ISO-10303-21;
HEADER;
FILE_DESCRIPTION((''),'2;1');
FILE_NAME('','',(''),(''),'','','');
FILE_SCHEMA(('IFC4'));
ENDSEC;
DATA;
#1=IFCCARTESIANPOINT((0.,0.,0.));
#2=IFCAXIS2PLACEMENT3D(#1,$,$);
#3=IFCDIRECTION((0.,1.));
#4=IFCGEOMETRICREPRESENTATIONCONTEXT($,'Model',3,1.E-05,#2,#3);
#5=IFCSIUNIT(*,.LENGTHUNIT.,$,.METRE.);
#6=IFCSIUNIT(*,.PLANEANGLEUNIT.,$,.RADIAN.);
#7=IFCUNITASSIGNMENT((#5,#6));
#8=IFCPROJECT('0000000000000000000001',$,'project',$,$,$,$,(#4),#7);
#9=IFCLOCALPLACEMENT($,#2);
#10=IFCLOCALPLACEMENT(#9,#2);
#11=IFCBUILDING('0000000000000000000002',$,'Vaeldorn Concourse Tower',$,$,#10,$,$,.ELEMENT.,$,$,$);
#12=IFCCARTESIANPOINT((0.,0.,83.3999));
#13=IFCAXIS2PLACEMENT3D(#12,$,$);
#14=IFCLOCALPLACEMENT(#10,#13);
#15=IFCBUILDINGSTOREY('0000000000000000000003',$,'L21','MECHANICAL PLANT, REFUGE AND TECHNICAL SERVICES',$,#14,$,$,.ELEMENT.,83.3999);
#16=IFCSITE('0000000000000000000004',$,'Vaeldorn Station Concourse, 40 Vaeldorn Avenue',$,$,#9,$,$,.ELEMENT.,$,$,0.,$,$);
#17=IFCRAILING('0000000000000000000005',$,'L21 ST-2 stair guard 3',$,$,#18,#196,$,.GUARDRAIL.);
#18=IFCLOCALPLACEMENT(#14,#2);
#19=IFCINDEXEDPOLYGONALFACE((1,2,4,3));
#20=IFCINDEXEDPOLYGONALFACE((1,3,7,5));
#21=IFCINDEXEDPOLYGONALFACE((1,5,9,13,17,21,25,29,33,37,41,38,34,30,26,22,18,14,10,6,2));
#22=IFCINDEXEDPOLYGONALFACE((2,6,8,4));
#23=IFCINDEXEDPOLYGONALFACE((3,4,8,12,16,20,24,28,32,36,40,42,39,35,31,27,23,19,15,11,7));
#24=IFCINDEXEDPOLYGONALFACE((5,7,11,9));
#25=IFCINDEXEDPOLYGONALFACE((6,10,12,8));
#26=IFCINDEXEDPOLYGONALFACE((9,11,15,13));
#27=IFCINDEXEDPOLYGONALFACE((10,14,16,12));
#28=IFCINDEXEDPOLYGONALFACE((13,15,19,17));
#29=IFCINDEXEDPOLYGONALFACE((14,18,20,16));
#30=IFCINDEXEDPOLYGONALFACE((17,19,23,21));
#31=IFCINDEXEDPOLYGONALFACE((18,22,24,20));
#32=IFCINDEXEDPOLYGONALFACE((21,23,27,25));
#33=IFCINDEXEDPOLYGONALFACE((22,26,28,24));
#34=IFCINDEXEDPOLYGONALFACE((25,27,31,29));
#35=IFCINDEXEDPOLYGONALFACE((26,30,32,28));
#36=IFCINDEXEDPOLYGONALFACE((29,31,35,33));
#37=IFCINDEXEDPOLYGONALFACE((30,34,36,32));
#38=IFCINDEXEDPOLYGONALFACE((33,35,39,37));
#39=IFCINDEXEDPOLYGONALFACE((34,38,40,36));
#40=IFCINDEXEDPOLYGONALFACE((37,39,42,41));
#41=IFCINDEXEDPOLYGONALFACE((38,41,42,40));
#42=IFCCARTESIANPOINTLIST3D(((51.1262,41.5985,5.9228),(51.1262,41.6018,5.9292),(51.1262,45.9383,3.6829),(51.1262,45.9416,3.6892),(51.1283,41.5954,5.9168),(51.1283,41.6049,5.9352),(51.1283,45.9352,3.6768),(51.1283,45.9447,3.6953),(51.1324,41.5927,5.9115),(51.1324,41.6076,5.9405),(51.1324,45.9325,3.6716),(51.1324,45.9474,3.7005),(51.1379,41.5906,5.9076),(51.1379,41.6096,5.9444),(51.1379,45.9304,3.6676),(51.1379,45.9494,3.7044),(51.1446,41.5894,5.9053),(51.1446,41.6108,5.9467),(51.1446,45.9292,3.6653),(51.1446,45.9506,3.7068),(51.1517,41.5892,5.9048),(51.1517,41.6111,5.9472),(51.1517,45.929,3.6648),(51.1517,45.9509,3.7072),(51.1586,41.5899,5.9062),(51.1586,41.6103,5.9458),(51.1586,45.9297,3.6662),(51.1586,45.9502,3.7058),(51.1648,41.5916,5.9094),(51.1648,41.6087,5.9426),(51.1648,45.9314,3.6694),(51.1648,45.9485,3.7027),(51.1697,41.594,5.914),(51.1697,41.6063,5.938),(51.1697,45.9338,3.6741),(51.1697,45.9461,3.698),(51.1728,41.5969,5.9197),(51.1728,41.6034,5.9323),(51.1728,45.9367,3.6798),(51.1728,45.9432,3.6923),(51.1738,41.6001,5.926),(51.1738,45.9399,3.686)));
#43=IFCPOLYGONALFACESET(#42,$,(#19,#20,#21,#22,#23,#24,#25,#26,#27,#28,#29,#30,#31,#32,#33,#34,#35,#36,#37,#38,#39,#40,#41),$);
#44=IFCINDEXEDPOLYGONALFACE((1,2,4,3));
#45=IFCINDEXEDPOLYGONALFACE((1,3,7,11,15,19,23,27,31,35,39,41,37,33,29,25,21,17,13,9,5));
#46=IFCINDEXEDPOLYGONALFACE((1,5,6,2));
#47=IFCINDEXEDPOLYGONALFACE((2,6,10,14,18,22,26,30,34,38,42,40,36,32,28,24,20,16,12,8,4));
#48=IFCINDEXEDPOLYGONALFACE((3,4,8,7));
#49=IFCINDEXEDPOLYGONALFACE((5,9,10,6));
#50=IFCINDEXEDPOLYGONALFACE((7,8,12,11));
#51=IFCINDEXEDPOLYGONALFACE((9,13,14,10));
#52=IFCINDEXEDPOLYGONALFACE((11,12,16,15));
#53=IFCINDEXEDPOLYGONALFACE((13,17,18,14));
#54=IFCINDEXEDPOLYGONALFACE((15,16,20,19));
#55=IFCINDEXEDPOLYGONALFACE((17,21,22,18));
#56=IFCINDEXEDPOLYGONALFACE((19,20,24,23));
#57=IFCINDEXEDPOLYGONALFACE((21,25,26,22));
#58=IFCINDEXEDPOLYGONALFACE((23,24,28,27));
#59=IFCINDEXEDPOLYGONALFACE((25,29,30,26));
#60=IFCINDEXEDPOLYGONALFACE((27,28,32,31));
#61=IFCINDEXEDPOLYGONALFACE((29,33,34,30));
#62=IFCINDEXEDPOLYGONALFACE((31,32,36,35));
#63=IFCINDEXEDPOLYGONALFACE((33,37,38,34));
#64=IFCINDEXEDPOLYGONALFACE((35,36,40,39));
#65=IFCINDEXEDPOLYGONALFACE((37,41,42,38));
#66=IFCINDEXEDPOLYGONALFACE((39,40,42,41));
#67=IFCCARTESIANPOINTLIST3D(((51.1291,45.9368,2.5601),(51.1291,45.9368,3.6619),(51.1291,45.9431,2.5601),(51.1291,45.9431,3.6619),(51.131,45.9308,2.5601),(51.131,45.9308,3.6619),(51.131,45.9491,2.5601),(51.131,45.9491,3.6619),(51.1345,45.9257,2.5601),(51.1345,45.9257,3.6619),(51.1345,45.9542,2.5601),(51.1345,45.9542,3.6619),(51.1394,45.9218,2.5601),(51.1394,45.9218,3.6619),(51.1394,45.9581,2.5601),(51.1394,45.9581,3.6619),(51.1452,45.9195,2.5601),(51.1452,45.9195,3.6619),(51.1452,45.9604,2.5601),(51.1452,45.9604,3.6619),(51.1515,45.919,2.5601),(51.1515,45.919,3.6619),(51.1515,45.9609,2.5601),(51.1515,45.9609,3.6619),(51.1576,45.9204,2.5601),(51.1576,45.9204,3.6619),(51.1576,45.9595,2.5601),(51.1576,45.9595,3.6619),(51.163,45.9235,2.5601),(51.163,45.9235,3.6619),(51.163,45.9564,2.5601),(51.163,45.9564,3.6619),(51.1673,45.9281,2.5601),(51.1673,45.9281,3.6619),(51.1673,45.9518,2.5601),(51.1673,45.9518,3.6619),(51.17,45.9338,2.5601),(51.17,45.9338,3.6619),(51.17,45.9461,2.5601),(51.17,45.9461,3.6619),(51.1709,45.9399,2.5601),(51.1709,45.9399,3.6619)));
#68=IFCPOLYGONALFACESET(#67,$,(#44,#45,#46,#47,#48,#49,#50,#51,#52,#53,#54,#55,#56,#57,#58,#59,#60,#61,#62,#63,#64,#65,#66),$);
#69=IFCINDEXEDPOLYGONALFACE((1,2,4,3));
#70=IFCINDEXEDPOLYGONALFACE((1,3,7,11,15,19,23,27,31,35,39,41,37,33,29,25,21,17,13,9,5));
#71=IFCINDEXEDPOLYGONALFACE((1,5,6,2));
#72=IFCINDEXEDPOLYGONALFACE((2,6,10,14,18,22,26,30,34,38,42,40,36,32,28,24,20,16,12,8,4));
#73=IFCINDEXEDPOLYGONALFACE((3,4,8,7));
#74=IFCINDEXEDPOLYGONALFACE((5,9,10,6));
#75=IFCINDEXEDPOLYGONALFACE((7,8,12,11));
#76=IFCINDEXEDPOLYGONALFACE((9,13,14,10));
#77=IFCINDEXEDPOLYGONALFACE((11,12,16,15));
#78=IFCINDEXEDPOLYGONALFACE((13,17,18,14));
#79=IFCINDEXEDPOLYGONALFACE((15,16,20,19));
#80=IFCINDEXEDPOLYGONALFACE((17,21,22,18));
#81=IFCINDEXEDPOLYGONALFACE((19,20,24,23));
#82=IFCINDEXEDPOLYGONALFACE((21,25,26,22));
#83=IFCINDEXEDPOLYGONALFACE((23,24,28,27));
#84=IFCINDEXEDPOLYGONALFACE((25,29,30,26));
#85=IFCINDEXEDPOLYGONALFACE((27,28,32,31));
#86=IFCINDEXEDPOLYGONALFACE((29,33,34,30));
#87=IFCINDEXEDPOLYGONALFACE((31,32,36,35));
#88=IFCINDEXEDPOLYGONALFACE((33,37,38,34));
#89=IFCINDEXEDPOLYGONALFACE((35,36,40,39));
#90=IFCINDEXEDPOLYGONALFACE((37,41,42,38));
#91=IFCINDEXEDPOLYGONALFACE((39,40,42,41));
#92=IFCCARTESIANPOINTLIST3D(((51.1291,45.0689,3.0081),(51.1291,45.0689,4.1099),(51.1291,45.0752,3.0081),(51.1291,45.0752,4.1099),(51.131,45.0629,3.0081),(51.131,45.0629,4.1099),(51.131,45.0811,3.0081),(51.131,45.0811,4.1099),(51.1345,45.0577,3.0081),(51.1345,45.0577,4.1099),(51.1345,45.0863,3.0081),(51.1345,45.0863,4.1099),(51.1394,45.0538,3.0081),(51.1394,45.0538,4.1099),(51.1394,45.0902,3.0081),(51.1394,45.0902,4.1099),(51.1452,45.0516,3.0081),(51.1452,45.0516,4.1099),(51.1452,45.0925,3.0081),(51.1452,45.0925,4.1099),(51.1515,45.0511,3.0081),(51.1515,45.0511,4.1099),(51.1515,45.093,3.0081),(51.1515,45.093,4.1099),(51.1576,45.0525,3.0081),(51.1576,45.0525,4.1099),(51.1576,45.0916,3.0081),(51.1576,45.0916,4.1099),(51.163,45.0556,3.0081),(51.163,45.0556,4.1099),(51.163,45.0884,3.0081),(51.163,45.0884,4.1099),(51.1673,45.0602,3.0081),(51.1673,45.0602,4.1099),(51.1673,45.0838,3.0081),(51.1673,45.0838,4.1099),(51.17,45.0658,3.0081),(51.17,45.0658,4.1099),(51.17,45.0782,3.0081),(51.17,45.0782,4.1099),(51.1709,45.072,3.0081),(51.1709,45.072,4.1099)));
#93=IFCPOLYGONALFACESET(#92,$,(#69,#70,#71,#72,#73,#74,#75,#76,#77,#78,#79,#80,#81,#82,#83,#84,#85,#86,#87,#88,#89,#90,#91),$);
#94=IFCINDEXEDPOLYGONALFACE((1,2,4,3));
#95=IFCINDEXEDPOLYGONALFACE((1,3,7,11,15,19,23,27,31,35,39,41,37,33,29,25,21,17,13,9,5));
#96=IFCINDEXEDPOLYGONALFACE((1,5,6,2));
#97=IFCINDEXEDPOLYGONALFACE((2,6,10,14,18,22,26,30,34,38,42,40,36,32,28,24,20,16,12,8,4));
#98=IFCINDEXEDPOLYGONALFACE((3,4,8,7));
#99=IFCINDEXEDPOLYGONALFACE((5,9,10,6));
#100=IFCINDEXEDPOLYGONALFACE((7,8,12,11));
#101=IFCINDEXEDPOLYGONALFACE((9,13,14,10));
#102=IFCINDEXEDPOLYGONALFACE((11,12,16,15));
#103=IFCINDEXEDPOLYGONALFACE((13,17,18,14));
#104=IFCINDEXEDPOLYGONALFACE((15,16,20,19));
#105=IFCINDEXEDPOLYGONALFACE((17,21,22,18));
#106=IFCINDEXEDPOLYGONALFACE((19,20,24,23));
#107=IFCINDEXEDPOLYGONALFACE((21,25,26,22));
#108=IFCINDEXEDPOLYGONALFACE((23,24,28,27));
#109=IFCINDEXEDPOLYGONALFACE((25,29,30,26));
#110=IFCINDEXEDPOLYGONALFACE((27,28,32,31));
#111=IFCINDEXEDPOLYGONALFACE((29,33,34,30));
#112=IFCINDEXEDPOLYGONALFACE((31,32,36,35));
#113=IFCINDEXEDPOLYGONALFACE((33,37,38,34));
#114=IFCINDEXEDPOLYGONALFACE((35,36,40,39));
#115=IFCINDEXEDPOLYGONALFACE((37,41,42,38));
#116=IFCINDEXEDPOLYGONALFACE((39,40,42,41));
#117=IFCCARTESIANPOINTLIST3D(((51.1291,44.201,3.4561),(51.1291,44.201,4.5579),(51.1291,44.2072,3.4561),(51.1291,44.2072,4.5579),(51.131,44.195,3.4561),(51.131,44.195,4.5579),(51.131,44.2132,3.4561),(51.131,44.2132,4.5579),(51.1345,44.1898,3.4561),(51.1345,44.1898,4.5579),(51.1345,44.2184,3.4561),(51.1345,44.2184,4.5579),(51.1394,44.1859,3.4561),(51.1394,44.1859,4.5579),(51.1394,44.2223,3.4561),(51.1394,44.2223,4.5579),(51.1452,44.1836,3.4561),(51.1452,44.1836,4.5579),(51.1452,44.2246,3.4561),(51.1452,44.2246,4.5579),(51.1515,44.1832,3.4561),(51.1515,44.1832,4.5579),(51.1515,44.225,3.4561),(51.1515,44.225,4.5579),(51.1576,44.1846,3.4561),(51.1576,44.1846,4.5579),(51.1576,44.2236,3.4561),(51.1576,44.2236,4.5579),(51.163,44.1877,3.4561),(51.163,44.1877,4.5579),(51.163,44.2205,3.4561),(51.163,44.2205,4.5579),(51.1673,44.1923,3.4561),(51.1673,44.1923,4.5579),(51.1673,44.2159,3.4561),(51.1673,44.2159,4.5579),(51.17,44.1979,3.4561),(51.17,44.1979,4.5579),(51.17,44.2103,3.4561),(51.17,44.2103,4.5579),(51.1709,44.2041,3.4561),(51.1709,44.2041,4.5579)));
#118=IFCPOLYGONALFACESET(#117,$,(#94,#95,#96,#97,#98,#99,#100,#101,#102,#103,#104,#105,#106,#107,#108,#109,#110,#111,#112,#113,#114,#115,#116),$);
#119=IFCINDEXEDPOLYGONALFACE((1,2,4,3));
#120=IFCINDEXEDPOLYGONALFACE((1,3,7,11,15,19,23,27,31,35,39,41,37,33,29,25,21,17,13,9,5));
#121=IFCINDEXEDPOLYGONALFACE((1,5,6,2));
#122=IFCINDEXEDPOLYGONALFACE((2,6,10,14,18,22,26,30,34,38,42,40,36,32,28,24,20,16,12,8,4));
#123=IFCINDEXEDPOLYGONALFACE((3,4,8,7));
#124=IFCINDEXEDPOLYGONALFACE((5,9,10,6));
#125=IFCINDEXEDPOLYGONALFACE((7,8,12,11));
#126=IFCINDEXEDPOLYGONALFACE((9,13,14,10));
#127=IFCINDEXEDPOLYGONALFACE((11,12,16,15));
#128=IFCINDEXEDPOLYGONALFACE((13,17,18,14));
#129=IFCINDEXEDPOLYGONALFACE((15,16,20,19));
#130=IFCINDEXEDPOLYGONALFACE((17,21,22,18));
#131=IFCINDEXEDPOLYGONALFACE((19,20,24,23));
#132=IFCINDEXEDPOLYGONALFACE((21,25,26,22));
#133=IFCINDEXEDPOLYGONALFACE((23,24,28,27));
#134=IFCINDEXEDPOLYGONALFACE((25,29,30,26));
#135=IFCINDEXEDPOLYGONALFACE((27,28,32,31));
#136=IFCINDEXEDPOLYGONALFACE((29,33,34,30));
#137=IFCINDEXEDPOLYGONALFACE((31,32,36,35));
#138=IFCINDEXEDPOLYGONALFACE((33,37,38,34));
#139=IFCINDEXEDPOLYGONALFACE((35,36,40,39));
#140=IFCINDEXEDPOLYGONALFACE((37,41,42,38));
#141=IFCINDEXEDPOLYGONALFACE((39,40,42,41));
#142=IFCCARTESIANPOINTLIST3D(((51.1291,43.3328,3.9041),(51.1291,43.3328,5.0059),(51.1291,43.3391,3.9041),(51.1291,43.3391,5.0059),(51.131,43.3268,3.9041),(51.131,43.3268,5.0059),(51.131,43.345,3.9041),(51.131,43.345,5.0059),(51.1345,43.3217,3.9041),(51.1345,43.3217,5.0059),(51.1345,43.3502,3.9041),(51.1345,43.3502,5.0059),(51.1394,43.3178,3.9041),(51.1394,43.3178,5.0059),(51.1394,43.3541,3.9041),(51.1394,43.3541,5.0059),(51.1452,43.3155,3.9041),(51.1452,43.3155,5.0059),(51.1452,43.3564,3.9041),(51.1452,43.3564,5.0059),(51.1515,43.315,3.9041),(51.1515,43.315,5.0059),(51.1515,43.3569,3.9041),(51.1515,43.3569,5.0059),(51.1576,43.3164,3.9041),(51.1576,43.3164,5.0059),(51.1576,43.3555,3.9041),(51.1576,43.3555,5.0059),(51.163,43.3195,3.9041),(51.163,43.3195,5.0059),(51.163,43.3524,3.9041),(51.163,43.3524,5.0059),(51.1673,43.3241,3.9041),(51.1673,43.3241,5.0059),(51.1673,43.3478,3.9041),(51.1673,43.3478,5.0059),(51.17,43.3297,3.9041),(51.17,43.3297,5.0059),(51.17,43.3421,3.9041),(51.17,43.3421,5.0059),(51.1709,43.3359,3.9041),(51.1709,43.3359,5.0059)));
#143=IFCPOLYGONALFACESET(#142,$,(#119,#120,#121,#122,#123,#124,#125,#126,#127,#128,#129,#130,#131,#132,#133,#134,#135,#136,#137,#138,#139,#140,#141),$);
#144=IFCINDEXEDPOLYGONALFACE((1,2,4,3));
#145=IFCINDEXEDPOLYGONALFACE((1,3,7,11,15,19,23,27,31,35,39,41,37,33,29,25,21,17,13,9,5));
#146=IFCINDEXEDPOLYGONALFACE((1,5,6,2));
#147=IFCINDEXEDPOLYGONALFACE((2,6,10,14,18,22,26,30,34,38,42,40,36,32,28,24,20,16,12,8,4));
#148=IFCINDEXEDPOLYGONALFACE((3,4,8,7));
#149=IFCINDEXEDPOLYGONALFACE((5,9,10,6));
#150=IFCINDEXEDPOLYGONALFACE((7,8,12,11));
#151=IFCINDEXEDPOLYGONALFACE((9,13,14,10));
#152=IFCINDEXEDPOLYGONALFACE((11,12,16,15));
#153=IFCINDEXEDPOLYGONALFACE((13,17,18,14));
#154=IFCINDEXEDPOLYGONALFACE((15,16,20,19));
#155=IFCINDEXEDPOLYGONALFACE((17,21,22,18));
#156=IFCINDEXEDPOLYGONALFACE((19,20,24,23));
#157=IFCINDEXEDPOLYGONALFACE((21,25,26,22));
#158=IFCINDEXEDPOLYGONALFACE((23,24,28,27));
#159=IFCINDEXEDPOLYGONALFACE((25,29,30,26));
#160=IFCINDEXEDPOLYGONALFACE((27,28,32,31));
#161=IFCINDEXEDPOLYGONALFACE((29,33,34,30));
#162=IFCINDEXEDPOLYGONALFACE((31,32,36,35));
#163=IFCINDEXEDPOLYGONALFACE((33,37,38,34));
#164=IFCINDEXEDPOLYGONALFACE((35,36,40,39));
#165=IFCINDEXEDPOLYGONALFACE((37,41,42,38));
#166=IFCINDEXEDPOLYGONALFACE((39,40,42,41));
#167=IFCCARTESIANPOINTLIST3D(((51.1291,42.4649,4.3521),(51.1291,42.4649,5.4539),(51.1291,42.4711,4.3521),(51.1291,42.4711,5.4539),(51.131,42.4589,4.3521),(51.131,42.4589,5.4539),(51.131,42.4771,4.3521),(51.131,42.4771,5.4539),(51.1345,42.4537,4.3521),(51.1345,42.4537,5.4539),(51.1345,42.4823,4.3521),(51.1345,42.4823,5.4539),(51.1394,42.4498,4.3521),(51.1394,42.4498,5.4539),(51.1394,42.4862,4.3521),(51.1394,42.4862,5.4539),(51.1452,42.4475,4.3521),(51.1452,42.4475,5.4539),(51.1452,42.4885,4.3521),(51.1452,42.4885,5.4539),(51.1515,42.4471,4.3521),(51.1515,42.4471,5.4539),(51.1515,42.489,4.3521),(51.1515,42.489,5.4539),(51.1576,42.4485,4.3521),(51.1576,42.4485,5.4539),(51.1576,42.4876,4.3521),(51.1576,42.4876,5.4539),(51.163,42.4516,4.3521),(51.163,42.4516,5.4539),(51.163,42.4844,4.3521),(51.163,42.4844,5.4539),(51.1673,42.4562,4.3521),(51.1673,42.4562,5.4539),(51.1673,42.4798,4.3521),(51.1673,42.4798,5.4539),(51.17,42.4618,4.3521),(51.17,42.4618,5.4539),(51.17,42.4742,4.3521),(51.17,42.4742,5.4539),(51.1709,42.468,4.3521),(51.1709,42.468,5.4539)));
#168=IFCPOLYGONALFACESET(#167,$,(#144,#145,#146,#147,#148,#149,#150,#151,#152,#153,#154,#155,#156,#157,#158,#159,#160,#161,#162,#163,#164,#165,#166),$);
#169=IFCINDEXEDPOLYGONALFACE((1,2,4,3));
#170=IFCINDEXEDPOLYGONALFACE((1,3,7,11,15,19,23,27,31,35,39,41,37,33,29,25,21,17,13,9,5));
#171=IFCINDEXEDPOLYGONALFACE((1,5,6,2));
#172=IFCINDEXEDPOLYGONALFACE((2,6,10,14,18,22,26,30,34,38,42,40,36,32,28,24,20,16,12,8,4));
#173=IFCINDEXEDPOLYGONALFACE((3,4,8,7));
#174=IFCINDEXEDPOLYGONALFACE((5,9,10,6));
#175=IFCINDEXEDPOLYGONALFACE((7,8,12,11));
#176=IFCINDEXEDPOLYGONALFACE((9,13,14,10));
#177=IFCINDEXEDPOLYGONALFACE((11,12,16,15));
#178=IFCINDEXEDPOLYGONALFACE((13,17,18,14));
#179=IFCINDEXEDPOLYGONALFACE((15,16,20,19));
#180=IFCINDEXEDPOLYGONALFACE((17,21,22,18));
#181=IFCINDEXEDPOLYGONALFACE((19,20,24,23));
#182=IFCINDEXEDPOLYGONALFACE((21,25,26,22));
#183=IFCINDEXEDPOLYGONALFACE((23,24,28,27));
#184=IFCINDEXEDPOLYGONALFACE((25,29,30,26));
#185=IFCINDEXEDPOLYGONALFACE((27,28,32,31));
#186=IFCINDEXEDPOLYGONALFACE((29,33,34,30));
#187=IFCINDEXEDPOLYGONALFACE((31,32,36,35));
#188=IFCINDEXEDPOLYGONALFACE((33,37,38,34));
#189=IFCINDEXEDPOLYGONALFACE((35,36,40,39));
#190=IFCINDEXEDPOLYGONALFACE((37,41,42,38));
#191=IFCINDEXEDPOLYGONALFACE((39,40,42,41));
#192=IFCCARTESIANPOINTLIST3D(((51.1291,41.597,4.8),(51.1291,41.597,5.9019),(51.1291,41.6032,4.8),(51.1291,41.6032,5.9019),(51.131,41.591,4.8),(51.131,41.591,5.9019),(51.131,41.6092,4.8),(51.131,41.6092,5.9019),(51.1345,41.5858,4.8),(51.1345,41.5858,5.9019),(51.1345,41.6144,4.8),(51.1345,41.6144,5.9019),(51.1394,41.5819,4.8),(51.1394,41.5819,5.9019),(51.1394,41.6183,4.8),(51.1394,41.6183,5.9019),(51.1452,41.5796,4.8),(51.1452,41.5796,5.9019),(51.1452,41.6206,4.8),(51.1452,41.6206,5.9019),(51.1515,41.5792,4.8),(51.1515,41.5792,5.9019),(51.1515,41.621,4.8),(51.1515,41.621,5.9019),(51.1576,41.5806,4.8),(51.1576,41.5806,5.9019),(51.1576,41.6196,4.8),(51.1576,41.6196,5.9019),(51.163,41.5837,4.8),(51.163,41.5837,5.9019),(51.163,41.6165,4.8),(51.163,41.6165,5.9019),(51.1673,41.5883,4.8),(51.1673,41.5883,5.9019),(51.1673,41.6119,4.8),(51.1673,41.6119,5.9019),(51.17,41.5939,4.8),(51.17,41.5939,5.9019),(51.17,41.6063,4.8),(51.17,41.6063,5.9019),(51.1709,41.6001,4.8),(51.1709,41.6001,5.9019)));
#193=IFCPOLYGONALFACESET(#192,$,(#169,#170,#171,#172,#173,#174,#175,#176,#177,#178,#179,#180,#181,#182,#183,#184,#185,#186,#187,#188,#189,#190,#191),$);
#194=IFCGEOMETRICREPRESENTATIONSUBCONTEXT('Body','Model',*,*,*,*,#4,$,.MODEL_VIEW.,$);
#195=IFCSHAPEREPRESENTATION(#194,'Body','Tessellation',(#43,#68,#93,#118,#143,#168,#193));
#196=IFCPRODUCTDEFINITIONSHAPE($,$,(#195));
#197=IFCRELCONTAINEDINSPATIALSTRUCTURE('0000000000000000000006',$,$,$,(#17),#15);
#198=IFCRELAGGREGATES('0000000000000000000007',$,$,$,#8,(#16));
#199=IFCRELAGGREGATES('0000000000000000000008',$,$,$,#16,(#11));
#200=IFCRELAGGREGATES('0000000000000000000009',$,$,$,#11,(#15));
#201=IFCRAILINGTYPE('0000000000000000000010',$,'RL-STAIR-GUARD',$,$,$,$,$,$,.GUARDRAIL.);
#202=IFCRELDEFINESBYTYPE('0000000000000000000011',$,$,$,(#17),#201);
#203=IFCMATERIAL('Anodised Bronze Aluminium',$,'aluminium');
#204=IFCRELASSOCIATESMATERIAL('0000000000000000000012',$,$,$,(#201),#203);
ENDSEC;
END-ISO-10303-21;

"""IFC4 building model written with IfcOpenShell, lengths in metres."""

from ifc_helpers import new_model, si_unit, direction, frame, origin, origin_2d, place, context, subcontext, project, spatial, circle, extrude, material, type_object, element, save


model = new_model("IFC4")

# Units and contexts
model_context = context("Model", 3, precision=1e-05, world=origin(), true_north=direction((0.0, 1.0)))
body_context = subcontext(model_context, "Body", "Model", "MODEL_VIEW")
ifc_project = project(units=[si_unit("LENGTHUNIT", "METRE"), si_unit("PLANEANGLEUNIT", "RADIAN")], contexts=[model_context])

# Site, building, storey
site_placement = place(None, origin())
site = spatial("IfcSite", under=ifc_project, at=site_placement, Name="Vaeldorn Station Concourse, 40 Vaeldorn Avenue", CompositionType="ELEMENT", RefElevation=0.0)
building_placement = place(site_placement, origin())
building = spatial("IfcBuilding", under=site, at=building_placement, Name="Vaeldorn Concourse Tower", CompositionType="ELEMENT")
storey_placement = place(building_placement, frame((0.0, 0.0, 83.3999)))
storey = spatial("IfcBuildingStorey", under=building, at=storey_placement, Name="L21", Description="MECHANICAL PLANT, REFUGE AND TECHNICAL SERVICES", CompositionType="ELEMENT", Elevation=83.3999)

# Shared definitions
ifc_material_1 = material(Name="Anodised Bronze Aluminium", Category="aluminium")

# Railing
railing_type_1 = type_object("IfcRailingType", Name="RL-STAIR-GUARD", PredefinedType="GUARDRAIL", material=ifc_material_1)
railing_1_placement = place(storey_placement, frame((51.1499, 45.9399, 2.5601)))
element("IfcRailing", 1, at=railing_1_placement, inside=storey, type_object=railing_type_1, Name="L21 ST-2 stair guard 3", PredefinedType="GUARDRAIL", context=body_context, shape_type="SweptSolid", body=[
    extrude(circle(Radius=0.0239, at=origin_2d()), frame((0.0, 0.0, 1.126), z_axis=(0.0, -0.888615, 0.458654), x_axis=(1.0, 0.0, 0.0)), (0.0, 0.0, 1.0), 4.8838),
    extrude(circle(Radius=0.021, at=origin_2d()), origin(), (0.0, 0.0, 1.0), 1.1018),
    extrude(circle(Radius=0.021, at=origin_2d()), frame((0.0, -0.8679, 0.448)), (0.0, 0.0, 1.0), 1.1018),
    extrude(circle(Radius=0.021, at=origin_2d()), frame((0.0, -1.7358, 0.896)), (0.0, 0.0, 1.0), 1.1018),
    extrude(circle(Radius=0.021, at=origin_2d()), frame((0.0, -2.604, 1.344)), (0.0, 0.0, 1.0), 1.1018),
    extrude(circle(Radius=0.021, at=origin_2d()), frame((0.0, -3.4719, 1.792)), (0.0, 0.0, 1.0), 1.1018),
    extrude(circle(Radius=0.021, at=origin_2d()), frame((0.0, -4.3398, 2.24)), (0.0, 0.0, 1.0), 1.1018),
])

save(model, "model.ifc")
